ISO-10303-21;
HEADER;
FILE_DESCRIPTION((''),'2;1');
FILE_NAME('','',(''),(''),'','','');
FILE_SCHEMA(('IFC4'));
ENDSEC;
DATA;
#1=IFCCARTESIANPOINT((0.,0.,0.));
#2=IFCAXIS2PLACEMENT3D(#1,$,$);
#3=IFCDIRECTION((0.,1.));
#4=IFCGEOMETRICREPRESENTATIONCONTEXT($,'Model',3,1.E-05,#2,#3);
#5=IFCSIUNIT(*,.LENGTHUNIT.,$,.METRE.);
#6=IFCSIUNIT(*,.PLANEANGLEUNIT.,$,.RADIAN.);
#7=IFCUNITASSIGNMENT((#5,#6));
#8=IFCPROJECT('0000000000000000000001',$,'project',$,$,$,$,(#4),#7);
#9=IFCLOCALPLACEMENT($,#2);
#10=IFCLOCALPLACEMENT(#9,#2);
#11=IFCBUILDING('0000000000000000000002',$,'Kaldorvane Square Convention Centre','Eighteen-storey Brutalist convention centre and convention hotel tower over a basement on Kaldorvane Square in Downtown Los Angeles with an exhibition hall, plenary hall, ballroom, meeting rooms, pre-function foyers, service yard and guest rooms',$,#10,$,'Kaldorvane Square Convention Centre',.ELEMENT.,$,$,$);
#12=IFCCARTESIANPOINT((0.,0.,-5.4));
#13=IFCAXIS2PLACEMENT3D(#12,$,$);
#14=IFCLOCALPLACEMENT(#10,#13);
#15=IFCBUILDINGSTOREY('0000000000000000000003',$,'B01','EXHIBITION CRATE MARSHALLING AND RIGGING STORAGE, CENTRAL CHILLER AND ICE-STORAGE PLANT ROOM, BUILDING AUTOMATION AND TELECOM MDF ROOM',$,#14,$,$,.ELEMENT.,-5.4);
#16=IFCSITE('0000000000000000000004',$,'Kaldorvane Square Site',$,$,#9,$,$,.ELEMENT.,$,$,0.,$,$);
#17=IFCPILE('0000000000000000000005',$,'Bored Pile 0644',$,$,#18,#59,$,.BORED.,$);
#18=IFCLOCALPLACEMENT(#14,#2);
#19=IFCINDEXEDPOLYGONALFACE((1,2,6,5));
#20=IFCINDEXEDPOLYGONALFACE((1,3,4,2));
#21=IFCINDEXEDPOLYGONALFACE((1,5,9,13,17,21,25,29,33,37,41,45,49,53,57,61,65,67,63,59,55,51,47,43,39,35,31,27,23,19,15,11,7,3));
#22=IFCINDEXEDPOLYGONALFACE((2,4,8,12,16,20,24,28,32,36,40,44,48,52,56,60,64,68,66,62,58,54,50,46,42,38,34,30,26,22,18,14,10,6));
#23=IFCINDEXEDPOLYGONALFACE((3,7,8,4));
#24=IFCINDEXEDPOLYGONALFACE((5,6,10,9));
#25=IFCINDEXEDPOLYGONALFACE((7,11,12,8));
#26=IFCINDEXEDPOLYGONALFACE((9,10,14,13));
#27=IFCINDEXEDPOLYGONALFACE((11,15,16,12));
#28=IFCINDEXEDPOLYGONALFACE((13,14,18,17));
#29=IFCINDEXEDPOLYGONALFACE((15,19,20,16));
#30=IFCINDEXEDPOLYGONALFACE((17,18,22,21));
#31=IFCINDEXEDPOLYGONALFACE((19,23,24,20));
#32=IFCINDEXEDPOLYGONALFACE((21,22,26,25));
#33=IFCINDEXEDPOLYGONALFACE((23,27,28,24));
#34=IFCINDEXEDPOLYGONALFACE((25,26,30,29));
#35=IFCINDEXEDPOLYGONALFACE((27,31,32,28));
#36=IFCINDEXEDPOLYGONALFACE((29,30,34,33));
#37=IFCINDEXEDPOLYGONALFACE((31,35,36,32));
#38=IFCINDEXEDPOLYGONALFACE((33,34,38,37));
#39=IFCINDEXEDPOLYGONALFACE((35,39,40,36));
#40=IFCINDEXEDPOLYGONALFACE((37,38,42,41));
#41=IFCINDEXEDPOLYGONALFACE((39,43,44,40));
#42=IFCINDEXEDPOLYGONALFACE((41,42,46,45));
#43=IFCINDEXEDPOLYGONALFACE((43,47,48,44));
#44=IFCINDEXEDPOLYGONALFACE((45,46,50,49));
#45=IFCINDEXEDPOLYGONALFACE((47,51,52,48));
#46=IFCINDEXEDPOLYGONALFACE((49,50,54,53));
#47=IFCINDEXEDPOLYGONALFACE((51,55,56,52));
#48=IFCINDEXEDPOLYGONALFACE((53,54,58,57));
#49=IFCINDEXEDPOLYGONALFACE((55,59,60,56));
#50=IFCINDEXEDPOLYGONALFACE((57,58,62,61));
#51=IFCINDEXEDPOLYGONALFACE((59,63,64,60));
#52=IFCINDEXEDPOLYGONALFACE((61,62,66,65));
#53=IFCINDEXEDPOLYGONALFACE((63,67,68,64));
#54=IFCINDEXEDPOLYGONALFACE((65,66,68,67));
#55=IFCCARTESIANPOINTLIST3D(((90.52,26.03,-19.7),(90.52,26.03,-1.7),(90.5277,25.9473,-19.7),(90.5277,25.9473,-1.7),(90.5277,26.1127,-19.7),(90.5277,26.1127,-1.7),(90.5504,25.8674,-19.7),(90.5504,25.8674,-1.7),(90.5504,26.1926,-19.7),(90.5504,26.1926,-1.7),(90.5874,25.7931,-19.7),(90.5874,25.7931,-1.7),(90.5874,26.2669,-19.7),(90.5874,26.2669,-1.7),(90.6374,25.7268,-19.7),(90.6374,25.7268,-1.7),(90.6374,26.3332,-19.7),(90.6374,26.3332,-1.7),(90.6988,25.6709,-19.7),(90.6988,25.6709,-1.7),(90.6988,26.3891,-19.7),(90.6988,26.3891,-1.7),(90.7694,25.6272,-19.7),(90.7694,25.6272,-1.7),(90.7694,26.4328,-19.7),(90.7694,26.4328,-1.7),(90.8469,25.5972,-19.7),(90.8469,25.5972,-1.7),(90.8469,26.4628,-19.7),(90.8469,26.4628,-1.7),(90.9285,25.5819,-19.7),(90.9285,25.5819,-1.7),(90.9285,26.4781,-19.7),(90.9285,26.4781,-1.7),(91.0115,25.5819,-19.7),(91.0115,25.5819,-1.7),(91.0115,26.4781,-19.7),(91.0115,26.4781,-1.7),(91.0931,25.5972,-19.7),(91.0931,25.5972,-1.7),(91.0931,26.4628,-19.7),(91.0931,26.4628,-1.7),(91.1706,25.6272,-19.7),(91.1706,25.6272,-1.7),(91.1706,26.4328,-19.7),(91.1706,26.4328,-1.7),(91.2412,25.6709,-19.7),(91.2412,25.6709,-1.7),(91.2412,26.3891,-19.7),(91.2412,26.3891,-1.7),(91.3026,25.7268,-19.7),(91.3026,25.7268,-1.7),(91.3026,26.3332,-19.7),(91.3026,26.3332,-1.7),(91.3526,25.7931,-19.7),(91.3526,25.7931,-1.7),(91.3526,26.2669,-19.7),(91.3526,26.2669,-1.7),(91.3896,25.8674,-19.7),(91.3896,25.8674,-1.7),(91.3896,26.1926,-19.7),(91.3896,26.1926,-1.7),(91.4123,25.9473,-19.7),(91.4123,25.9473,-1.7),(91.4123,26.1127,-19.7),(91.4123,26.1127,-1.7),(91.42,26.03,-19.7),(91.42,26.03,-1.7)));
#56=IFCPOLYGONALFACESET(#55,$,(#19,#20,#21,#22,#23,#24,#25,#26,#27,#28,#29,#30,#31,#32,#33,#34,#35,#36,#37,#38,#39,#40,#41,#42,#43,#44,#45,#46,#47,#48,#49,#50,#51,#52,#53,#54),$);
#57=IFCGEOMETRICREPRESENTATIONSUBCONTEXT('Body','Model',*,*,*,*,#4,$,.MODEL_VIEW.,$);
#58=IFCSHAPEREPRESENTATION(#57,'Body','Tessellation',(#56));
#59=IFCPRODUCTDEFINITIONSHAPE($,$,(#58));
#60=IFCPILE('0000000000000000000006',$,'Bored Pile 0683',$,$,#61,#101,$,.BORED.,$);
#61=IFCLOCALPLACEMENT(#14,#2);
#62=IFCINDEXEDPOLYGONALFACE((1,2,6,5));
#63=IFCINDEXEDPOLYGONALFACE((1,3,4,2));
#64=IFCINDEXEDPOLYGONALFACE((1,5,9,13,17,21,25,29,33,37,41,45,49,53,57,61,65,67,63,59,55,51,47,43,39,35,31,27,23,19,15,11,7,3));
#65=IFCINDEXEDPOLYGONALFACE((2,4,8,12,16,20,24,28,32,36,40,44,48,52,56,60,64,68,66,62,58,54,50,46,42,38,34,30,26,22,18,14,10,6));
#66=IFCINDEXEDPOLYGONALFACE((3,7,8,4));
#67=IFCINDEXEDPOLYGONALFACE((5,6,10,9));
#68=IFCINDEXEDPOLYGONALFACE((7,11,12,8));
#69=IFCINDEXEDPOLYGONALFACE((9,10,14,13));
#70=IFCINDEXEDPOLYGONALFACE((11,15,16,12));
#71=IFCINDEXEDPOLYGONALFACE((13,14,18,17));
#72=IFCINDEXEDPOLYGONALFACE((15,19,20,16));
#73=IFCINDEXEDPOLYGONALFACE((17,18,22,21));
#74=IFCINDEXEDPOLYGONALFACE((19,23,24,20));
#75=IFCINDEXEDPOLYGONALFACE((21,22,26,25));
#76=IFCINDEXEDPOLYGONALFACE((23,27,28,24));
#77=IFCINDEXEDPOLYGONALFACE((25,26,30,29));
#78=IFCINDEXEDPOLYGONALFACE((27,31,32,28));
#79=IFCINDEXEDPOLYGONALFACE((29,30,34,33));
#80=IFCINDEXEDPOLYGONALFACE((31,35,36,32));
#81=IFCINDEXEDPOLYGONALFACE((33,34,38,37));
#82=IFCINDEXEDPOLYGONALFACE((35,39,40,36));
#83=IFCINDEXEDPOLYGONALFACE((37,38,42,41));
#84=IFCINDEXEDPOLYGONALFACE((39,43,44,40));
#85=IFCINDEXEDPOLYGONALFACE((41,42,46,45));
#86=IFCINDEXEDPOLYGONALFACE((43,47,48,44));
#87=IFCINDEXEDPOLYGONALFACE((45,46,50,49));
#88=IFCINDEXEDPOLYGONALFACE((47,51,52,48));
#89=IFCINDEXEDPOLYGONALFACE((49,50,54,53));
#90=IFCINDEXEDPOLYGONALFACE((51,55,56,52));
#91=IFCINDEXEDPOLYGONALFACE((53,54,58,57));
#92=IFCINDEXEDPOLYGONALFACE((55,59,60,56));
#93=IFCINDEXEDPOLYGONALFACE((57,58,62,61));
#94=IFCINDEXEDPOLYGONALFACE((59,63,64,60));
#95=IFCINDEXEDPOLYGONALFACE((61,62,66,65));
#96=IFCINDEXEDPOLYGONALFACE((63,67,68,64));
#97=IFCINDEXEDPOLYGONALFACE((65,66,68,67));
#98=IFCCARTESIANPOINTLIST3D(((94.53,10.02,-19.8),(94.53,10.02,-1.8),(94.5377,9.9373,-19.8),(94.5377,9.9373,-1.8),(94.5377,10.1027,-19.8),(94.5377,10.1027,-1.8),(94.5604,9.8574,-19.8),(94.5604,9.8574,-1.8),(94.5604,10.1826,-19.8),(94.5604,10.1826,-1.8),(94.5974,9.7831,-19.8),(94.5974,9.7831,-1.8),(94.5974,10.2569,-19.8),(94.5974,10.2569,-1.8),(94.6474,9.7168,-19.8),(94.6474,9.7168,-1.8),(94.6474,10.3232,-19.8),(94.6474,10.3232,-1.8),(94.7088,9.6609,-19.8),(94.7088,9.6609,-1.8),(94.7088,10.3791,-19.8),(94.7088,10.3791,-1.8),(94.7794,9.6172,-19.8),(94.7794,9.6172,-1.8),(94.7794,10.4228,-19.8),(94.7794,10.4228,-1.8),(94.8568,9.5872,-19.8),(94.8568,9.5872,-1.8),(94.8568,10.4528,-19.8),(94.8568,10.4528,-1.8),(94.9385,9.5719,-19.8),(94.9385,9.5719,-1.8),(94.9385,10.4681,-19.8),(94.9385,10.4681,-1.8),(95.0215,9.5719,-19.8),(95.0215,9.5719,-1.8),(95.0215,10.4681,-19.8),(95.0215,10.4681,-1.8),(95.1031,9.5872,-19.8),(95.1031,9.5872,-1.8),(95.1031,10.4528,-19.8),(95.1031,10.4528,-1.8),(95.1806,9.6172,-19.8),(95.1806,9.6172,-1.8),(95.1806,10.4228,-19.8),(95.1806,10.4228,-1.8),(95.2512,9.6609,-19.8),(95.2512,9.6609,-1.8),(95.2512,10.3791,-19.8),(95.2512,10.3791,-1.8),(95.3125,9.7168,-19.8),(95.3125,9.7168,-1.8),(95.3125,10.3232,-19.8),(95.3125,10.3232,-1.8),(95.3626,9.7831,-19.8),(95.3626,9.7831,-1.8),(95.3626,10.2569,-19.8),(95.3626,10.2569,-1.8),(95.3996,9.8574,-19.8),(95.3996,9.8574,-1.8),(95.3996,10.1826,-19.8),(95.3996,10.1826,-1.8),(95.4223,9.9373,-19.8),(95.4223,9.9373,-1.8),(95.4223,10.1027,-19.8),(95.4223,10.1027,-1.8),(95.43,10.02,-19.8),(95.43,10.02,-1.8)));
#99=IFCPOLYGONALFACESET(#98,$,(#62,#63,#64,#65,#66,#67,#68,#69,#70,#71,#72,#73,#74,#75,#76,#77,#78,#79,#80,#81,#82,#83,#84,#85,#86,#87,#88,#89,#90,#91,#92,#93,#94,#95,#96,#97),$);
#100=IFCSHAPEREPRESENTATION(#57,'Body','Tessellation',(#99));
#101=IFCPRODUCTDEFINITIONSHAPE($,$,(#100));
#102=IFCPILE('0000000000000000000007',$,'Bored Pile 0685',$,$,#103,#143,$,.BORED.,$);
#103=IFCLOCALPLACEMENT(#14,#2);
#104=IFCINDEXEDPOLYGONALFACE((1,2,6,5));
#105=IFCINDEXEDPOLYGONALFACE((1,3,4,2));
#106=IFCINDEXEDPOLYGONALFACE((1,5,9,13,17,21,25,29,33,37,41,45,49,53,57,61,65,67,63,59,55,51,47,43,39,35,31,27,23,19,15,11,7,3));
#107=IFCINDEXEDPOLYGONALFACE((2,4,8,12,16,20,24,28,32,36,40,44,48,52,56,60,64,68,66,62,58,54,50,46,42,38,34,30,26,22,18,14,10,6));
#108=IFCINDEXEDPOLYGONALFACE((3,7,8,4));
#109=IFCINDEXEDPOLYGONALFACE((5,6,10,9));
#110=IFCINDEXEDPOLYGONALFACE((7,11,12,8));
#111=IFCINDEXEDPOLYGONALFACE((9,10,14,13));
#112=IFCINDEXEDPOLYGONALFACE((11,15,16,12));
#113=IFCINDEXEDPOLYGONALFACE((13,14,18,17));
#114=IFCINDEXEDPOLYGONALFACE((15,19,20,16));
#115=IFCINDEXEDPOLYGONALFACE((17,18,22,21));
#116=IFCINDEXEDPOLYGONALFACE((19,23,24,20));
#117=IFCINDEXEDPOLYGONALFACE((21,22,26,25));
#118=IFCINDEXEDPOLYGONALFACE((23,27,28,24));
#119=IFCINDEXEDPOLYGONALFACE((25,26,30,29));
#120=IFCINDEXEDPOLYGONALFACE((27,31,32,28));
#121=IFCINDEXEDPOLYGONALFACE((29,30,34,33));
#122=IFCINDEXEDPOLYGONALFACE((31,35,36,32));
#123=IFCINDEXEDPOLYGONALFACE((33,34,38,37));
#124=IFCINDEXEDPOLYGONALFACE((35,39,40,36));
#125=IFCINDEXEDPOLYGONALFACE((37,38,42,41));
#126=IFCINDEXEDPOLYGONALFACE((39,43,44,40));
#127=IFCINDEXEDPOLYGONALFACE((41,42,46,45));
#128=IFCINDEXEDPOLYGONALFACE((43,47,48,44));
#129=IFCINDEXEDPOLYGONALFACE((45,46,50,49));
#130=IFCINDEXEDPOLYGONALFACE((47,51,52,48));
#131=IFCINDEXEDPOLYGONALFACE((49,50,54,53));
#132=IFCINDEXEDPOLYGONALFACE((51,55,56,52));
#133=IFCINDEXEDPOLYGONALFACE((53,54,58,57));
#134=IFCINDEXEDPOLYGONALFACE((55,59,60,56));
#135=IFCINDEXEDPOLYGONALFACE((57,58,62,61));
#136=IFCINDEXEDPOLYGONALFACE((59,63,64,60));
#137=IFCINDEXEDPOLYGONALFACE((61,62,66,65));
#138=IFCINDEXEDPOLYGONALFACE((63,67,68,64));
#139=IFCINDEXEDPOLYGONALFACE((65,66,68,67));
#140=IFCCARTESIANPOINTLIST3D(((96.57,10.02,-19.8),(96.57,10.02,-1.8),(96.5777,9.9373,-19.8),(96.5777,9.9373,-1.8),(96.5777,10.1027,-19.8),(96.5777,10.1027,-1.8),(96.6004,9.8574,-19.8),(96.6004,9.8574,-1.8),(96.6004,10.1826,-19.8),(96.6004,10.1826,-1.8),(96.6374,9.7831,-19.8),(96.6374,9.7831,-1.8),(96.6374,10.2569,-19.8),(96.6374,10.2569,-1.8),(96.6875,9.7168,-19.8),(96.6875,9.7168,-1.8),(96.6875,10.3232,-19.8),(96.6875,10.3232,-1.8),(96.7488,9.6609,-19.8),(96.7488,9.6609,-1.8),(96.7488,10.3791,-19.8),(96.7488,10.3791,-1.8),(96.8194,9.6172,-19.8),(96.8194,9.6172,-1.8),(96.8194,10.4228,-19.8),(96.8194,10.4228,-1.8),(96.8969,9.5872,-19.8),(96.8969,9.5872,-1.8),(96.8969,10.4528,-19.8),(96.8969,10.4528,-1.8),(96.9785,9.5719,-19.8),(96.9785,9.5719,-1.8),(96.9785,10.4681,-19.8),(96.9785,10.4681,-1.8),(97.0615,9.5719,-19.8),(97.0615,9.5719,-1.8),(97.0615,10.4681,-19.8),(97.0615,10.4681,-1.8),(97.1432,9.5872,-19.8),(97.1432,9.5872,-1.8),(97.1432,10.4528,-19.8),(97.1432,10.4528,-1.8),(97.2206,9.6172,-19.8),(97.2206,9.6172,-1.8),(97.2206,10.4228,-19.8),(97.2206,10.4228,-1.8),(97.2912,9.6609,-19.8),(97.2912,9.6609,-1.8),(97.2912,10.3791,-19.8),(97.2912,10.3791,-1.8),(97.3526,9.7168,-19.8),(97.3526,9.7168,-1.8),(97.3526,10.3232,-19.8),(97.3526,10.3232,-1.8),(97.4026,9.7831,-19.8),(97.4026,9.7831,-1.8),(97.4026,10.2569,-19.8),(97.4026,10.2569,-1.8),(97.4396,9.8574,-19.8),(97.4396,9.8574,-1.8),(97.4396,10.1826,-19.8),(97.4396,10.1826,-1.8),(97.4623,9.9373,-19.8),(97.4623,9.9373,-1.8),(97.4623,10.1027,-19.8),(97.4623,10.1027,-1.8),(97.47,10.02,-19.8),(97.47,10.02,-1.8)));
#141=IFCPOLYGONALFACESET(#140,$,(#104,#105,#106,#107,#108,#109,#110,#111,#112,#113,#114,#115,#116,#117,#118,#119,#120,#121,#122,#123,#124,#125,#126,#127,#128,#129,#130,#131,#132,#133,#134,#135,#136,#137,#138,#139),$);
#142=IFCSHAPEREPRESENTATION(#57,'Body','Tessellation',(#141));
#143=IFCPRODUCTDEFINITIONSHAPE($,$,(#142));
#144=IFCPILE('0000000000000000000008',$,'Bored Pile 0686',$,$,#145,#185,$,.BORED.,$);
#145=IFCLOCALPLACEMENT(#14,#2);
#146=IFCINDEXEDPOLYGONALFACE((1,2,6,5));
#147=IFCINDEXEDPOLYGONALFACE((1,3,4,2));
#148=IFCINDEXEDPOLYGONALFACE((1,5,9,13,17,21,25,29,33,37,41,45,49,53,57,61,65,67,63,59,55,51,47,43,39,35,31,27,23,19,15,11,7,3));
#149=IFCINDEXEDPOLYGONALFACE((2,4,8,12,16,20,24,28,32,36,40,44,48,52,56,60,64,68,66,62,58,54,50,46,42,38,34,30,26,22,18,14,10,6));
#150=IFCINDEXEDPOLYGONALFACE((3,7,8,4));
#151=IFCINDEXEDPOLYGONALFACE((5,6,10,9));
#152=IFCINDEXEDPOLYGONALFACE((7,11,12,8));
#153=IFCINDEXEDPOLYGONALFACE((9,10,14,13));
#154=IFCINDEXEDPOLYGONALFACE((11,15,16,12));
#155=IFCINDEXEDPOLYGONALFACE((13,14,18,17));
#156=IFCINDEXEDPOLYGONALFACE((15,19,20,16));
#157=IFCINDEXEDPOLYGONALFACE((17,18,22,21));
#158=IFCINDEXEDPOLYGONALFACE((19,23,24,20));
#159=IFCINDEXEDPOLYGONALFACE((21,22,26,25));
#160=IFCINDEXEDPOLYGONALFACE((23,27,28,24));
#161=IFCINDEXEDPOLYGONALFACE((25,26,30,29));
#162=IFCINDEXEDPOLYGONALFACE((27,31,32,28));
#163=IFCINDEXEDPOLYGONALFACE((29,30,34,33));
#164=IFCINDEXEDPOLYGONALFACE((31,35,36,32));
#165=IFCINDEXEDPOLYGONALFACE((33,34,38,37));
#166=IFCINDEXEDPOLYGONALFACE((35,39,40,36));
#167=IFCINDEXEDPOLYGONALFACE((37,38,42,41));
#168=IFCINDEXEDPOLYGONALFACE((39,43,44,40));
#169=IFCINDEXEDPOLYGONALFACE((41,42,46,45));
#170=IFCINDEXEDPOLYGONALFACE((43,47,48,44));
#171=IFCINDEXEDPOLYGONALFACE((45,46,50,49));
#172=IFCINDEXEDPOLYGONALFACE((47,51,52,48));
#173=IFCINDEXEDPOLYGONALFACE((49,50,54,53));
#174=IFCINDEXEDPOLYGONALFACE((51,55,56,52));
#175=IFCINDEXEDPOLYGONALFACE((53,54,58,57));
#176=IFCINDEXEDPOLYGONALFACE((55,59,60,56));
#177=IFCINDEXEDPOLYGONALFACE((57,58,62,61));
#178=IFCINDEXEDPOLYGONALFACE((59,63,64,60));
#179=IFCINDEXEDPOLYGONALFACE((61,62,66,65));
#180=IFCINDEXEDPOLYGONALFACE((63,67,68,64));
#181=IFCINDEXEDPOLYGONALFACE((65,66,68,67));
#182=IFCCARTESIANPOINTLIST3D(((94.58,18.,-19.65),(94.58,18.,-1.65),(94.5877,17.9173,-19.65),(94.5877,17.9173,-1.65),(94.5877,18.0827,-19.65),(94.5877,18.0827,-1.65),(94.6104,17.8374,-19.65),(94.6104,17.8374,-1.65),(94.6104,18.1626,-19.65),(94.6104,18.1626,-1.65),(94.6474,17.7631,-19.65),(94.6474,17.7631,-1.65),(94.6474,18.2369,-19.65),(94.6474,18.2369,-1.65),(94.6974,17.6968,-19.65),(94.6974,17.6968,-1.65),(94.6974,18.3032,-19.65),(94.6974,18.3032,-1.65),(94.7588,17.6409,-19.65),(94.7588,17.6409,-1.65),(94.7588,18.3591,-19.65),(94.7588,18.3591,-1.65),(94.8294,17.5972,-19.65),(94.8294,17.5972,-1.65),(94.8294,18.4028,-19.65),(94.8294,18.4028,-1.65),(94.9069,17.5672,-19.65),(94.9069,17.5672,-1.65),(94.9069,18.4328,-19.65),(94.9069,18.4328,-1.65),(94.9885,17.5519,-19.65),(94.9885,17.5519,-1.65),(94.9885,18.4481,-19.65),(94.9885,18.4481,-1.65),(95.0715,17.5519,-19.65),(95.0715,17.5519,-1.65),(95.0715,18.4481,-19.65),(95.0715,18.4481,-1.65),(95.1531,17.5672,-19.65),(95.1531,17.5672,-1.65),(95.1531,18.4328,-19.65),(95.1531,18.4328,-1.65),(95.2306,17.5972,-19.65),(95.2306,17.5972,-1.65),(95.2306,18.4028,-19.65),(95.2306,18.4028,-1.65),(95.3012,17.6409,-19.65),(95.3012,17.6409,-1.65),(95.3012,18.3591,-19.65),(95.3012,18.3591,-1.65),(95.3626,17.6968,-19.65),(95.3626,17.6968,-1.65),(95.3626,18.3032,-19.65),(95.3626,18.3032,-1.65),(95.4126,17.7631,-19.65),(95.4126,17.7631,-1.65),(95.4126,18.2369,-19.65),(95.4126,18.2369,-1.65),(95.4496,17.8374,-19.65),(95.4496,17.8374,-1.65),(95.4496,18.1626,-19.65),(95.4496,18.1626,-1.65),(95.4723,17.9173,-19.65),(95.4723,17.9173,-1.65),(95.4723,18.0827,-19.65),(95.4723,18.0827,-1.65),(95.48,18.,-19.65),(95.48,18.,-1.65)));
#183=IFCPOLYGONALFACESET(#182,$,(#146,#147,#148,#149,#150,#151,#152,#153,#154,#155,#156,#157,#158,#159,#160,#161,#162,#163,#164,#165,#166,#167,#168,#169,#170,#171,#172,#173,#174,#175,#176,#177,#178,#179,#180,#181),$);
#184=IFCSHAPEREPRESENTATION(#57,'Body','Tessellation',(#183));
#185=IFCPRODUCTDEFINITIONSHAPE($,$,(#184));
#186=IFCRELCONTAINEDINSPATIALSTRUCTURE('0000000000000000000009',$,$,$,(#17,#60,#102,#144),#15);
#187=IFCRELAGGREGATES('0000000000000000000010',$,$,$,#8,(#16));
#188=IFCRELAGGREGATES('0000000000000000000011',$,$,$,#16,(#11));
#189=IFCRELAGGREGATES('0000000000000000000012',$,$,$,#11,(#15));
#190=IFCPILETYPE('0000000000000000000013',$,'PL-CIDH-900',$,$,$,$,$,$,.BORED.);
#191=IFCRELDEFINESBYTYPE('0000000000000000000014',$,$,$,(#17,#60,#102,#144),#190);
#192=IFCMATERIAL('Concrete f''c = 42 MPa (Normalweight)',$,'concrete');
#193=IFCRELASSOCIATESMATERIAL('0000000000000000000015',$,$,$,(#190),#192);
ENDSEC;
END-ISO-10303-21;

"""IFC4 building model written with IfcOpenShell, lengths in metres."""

from ifc_helpers import new_model, si_unit, direction, frame, origin, origin_2d, place, context, subcontext, project, spatial, circle, extrude, material, material_profile, profile_set, type_object, element, save


model = new_model("IFC4")

# Units and contexts
model_context = context("Model", 3, precision=1e-05, world=origin(), true_north=direction((0.0, 1.0)))
body_context = subcontext(model_context, "Body", "Model", "MODEL_VIEW")
ifc_project = project(units=[si_unit("LENGTHUNIT", "METRE"), si_unit("PLANEANGLEUNIT", "RADIAN")], contexts=[model_context])

# Site, building, storey
site_placement = place(None, origin())
site = spatial("IfcSite", under=ifc_project, at=site_placement, Name="Kaldorvane Square Site", CompositionType="ELEMENT", RefElevation=0.0)
building_placement = place(site_placement, origin())
building = spatial("IfcBuilding", under=site, at=building_placement, Name="Kaldorvane Square Convention Centre", Description="Eighteen-storey Brutalist convention centre and convention hotel tower over a basement on Kaldorvane Square in Downtown Los Angeles with an exhibition hall, plenary hall, ballroom, meeting rooms, pre-function foyers, service yard and guest rooms", LongName="Kaldorvane Square Convention Centre", CompositionType="ELEMENT")
storey_placement = place(building_placement, frame((0.0, 0.0, -5.4)))
storey = spatial("IfcBuildingStorey", under=building, at=storey_placement, Name="B01", Description="EXHIBITION CRATE MARSHALLING AND RIGGING STORAGE, CENTRAL CHILLER AND ICE-STORAGE PLANT ROOM, BUILDING AUTOMATION AND TELECOM MDF ROOM", CompositionType="ELEMENT", Elevation=-5.4)

# Shared definitions
ifc_material_1 = material(Name="Concrete f'c = 42 MPa (Normalweight)", Category="concrete")

# Piles
ifc_material_profile_1 = material_profile(ifc_material_1, circle(Radius=0.45, at=origin_2d()), Name="PILE-D900")
ifc_profile_set_1 = profile_set([ifc_material_profile_1], Name="Concrete f'c = 42 MPa (Normalweight)")
pile_type_1 = type_object("IfcPileType", Name="PL-CIDH-900", PredefinedType="BORED", material=ifc_profile_set_1)
for number, where, z_axis, x_axis, name in (
    (1, (90.97, 26.03, -1.7), (0.0, 0.0, -1.0), (1.0, 0.0, 0.0), "Bored Pile 0644"),
    (2, (94.98, 10.02, -1.8), (0.0, 0.0, -1.0), (1.0, 0.0, 0.0), "Bored Pile 0683"),
    (3, (97.02, 10.02, -1.8), (0.0, 0.0, -1.0), (1.0, 0.0, 0.0), "Bored Pile 0685"),
    (4, (95.03, 18.0, -1.65), (0.0, 0.0, -1.0), (1.0, 0.0, 0.0), "Bored Pile 0686"),
):
    element("IfcPile", number, at=place(storey_placement, frame(where, z_axis=z_axis, x_axis=x_axis)), inside=storey, type_object=pile_type_1, Name=name, PredefinedType="BORED", context=body_context, shape_type="SweptSolid", body=[
        extrude(circle(Radius=0.45, at=origin_2d()), origin(), (0.0, 0.0, 1.0), 18.0),
    ])

save(model, "model.ifc")
